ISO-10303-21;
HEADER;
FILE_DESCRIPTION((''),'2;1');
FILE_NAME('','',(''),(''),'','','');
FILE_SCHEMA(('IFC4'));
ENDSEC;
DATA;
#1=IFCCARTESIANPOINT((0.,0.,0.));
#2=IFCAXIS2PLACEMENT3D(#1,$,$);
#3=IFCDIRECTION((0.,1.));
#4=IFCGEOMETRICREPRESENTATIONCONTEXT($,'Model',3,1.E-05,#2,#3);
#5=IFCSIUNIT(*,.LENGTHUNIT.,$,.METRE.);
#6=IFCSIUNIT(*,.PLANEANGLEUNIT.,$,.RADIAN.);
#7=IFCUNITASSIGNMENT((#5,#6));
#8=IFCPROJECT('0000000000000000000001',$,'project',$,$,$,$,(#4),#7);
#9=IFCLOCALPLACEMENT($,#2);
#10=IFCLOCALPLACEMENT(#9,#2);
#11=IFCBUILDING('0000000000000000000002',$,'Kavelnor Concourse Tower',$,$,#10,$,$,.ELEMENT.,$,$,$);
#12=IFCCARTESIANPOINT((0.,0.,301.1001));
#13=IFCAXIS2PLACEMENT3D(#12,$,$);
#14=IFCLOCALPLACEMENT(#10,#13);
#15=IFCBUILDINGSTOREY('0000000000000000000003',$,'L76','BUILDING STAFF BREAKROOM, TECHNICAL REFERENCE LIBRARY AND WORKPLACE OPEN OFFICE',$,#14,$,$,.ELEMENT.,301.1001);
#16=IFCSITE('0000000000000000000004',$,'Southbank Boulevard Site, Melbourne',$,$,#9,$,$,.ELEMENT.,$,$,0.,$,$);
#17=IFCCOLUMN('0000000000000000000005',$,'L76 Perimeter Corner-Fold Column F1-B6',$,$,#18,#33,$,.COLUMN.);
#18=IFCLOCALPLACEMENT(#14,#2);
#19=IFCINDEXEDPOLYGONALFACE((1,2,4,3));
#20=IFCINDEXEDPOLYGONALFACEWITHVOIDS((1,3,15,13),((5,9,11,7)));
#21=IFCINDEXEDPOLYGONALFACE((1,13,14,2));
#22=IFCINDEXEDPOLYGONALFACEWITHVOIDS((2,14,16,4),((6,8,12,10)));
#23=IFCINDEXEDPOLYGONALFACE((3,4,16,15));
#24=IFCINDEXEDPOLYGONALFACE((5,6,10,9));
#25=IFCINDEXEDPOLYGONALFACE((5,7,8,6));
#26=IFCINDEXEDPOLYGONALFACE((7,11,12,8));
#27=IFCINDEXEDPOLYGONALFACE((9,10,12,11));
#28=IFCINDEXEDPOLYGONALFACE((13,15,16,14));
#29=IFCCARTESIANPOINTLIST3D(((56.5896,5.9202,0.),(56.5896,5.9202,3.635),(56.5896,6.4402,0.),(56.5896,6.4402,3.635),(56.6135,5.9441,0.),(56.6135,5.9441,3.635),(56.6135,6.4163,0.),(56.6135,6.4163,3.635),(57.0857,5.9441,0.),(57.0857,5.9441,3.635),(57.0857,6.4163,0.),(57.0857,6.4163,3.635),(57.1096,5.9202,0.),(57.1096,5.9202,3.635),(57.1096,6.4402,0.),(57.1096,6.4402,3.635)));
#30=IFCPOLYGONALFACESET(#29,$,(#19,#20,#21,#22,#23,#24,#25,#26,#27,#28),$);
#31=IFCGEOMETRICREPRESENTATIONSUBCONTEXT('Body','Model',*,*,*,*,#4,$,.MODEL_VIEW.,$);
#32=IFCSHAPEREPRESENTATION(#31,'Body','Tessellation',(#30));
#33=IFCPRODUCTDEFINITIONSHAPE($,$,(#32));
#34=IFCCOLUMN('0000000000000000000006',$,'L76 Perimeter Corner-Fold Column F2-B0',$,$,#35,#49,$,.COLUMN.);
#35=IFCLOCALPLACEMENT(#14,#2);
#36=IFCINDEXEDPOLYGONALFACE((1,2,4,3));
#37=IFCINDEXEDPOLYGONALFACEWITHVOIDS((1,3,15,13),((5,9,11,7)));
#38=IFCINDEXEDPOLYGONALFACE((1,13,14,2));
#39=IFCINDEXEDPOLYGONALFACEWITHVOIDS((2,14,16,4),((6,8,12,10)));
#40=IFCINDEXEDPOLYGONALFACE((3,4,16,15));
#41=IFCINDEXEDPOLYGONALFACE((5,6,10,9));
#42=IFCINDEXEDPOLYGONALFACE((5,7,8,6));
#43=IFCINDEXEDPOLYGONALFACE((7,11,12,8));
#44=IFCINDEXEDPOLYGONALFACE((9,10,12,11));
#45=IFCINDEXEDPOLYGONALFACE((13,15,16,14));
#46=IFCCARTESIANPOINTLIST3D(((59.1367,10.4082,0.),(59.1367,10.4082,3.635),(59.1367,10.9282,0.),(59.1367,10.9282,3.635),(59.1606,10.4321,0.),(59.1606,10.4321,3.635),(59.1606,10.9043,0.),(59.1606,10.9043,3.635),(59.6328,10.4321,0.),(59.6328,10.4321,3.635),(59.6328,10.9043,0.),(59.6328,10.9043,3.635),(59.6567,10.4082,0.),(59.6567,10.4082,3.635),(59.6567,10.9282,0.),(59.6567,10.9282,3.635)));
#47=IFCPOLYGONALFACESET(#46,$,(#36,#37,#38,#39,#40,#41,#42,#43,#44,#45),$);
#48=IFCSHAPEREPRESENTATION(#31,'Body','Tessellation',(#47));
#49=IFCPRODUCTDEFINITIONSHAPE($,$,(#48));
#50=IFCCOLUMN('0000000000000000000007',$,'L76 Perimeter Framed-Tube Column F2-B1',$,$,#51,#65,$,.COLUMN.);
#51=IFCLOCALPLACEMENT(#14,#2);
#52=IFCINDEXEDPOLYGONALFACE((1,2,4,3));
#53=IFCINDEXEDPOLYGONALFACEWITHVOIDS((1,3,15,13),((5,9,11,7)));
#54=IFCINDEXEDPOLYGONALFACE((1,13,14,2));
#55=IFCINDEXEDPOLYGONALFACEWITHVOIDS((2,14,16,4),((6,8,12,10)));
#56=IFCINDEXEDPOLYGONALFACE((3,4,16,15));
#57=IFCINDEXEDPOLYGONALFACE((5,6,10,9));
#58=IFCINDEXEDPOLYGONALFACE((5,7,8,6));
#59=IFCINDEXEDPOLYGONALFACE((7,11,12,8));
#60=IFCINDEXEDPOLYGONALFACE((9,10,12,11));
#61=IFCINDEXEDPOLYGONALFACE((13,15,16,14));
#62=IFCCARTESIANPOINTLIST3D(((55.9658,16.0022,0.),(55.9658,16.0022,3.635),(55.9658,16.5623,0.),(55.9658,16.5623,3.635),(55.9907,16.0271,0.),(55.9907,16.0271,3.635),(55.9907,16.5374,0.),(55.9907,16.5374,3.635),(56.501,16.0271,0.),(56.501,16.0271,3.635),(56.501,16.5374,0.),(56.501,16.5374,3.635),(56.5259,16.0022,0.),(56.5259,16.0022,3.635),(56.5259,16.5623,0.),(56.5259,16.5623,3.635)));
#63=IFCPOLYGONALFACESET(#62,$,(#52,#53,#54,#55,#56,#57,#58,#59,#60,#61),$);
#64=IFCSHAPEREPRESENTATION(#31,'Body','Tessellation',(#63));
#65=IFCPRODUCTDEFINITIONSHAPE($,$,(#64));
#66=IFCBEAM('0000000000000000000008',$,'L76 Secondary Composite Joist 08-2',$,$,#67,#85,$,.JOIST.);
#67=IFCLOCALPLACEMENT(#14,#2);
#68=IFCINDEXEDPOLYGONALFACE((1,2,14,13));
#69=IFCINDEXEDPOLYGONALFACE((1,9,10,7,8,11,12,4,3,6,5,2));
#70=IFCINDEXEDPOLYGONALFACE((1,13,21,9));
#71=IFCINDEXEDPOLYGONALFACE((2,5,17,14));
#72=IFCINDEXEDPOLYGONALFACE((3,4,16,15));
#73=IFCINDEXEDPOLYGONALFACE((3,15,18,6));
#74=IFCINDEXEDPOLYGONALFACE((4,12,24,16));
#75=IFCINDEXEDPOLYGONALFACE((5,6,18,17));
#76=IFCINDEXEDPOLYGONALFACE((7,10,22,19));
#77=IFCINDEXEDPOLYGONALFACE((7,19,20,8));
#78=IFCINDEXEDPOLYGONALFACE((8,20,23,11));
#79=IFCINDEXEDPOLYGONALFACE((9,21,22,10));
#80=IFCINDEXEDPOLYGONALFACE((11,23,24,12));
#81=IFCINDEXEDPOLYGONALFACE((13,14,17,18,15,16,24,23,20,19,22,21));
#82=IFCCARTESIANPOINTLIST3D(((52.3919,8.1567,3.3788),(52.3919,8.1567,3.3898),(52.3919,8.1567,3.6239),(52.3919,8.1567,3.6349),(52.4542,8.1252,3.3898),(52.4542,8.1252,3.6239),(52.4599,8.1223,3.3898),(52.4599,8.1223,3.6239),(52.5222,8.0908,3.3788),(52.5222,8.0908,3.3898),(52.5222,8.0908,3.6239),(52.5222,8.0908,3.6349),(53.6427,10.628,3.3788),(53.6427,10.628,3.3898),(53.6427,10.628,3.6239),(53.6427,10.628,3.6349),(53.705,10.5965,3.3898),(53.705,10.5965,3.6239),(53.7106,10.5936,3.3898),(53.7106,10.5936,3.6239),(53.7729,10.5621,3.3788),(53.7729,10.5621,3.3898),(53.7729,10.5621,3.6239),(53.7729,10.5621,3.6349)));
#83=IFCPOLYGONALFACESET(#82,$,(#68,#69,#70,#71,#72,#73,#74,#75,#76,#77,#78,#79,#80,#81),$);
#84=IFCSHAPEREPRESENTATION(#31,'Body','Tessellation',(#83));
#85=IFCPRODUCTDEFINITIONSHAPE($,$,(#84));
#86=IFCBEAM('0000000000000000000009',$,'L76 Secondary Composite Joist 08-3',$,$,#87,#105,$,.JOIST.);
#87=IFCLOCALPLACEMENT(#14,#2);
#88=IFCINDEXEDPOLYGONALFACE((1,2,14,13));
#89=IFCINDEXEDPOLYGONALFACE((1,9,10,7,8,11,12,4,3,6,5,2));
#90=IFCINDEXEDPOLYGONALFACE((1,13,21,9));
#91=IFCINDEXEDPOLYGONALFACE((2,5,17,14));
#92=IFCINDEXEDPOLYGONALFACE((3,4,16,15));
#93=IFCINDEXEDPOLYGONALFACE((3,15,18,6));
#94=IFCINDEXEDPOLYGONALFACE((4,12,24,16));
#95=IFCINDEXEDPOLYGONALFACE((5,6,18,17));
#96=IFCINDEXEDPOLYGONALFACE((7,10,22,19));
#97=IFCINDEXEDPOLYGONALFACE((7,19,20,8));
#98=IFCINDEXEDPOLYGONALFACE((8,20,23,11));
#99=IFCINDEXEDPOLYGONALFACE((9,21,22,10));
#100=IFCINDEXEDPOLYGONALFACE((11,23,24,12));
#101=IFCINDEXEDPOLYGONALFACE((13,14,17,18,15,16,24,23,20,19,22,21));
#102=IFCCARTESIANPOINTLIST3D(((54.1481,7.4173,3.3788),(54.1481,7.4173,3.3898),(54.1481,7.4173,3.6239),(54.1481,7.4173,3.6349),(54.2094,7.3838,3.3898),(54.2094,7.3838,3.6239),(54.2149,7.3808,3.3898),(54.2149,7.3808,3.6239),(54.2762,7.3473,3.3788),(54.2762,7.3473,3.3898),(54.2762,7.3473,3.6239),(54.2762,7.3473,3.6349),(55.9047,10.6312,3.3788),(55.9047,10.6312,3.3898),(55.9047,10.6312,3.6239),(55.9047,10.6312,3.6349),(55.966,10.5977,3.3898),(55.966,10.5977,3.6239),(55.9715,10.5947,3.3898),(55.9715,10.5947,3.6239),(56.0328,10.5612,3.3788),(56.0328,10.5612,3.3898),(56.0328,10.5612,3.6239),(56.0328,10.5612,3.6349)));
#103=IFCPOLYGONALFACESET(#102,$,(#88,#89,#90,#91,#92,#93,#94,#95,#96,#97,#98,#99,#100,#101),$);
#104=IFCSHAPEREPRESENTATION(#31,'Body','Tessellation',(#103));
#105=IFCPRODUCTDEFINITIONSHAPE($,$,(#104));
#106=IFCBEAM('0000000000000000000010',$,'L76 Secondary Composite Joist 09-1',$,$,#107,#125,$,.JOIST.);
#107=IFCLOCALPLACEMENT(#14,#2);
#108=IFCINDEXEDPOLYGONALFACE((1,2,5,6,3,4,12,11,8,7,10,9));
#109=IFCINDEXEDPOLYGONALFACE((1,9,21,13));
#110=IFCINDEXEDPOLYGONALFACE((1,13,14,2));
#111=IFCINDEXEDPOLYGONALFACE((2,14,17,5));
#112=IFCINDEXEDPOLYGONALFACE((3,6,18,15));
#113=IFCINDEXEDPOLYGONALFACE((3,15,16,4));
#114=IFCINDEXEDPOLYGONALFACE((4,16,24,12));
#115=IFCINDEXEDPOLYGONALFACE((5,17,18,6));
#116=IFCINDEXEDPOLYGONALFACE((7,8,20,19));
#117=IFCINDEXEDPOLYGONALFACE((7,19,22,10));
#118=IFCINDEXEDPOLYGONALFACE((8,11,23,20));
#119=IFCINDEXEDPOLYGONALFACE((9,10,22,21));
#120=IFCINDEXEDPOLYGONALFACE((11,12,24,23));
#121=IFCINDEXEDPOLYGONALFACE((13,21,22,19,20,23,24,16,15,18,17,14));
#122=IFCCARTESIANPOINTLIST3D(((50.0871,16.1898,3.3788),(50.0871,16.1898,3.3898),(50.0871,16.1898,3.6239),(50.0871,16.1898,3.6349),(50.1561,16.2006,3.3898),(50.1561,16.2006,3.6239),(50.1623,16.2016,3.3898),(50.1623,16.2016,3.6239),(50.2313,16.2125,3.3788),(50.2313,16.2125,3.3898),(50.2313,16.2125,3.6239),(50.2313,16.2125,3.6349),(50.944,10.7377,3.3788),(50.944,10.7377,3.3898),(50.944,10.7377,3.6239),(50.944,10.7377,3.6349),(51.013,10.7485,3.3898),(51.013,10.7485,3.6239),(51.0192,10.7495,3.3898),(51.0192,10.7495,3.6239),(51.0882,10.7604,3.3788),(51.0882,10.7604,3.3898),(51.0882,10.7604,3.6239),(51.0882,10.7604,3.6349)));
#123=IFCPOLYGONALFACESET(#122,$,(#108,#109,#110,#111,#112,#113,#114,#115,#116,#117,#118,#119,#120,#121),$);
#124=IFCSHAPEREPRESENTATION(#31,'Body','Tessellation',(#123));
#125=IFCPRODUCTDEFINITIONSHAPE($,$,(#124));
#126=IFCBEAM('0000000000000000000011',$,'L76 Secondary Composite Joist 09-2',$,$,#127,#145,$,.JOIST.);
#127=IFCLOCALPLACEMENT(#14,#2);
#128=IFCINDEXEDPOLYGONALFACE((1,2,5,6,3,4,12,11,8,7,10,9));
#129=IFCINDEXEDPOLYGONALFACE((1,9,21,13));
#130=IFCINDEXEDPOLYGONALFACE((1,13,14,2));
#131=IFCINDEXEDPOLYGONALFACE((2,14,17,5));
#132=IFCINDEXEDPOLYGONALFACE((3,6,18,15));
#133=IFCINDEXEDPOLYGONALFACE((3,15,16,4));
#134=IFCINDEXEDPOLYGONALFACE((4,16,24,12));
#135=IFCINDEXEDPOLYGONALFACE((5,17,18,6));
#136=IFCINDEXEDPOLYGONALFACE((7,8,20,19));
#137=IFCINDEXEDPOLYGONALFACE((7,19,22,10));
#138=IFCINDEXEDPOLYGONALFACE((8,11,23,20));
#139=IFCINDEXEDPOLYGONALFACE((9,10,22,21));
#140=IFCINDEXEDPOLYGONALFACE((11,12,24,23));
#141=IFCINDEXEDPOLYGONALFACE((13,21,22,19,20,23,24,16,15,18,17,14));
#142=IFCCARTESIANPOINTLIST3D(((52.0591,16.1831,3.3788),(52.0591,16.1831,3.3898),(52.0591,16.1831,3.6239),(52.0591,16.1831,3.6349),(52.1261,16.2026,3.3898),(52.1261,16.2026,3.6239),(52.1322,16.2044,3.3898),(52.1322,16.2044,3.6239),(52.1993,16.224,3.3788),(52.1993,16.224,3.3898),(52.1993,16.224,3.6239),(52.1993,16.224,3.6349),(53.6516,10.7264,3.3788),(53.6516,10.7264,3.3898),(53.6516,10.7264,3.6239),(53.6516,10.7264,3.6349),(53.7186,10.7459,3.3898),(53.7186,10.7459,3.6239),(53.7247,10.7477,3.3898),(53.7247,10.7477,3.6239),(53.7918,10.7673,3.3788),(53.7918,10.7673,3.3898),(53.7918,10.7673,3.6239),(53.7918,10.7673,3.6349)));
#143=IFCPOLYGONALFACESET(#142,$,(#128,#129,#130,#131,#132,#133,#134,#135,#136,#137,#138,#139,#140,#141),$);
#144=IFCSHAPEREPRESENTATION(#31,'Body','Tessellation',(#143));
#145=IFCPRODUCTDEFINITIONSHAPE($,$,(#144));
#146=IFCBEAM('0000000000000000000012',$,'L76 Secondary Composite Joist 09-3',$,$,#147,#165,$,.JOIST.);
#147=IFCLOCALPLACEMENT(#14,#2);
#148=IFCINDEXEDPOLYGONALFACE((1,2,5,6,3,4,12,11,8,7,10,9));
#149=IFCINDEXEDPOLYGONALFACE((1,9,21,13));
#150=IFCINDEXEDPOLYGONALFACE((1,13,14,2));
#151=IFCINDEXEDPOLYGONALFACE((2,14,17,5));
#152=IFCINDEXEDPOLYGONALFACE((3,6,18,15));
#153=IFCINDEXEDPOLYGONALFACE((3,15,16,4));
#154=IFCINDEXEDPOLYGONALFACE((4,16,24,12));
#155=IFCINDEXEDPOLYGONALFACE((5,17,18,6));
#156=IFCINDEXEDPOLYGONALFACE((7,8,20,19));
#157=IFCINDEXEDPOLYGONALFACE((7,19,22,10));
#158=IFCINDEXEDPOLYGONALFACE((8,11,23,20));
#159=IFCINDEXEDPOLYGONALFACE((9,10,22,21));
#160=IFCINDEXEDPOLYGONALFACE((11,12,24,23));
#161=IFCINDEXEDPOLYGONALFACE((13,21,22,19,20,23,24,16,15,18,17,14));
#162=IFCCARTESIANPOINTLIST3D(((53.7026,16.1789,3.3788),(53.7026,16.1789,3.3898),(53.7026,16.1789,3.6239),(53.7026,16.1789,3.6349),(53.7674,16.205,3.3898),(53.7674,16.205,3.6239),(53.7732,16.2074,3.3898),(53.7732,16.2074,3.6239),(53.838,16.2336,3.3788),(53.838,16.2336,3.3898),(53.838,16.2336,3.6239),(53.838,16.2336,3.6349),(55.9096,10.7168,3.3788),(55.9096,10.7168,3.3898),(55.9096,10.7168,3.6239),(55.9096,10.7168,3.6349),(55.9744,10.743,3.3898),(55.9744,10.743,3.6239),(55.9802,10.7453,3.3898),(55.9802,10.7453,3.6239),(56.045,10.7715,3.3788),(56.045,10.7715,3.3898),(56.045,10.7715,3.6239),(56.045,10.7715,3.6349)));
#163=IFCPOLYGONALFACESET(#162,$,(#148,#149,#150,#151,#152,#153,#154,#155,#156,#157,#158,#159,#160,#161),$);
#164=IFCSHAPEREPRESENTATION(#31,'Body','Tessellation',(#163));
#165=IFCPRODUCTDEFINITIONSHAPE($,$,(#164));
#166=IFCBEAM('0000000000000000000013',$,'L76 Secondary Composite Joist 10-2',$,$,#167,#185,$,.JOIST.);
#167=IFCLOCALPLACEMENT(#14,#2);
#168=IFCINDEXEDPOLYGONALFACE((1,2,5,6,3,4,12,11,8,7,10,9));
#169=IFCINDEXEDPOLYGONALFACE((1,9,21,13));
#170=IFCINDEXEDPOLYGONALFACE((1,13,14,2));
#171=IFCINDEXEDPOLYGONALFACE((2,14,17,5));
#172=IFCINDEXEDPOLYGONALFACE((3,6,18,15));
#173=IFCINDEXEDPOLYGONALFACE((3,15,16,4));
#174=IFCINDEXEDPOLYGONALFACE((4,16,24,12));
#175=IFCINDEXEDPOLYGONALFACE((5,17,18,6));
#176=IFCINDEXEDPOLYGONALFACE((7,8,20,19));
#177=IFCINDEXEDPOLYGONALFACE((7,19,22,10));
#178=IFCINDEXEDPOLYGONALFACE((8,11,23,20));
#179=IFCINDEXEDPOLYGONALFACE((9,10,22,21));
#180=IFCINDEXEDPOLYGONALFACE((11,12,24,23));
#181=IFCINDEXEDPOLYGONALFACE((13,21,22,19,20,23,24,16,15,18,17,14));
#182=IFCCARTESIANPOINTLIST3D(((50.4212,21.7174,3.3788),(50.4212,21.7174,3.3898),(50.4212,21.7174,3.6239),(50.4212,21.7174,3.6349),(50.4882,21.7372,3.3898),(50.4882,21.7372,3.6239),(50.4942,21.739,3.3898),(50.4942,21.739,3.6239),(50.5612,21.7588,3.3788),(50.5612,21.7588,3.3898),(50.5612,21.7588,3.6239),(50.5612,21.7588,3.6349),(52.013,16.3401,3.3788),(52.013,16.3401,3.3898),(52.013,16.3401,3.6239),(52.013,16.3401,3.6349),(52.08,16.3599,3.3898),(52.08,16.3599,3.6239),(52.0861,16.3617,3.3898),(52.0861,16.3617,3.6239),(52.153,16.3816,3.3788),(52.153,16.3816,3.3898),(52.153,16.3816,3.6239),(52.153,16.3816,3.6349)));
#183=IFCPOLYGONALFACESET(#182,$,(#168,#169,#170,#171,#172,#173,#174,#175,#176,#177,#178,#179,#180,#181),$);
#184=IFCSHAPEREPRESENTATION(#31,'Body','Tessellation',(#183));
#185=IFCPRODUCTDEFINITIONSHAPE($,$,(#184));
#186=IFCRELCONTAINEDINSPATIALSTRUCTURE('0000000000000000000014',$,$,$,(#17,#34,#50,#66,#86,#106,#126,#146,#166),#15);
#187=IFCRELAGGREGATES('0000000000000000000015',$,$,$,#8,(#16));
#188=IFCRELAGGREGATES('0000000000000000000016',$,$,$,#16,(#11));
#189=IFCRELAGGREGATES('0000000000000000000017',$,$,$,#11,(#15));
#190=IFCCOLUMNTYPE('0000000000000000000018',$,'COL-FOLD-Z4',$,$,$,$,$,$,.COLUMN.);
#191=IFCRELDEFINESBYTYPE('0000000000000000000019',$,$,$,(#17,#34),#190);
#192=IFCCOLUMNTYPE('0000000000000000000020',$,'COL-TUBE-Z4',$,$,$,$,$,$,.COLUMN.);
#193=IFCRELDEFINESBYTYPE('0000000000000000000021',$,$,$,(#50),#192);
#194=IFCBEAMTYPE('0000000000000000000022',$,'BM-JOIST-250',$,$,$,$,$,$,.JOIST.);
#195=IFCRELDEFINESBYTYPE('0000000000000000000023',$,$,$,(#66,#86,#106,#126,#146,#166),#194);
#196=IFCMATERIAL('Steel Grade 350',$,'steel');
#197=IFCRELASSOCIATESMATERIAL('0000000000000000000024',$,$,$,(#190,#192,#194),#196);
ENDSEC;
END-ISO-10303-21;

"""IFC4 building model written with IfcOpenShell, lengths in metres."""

from ifc_helpers import new_model, si_unit, direction, frame, origin, origin_2d, place, context, subcontext, project, spatial, hollow_rectangle, i_section, extrude, material, material_profile, profile_set, type_object, element, save


model = new_model("IFC4")

# Units and contexts
model_context = context("Model", 3, precision=1e-05, world=origin(), true_north=direction((0.0, 1.0)))
body_context = subcontext(model_context, "Body", "Model", "MODEL_VIEW")
ifc_project = project(units=[si_unit("LENGTHUNIT", "METRE"), si_unit("PLANEANGLEUNIT", "RADIAN")], contexts=[model_context])

# Site, building, storey
site_placement = place(None, origin())
site = spatial("IfcSite", under=ifc_project, at=site_placement, Name="Southbank Boulevard Site, Melbourne", CompositionType="ELEMENT", RefElevation=0.0)
building_placement = place(site_placement, origin())
building = spatial("IfcBuilding", under=site, at=building_placement, Name="Kavelnor Concourse Tower", CompositionType="ELEMENT")
storey_placement = place(building_placement, frame((0.0, 0.0, 301.1001)))
storey = spatial("IfcBuildingStorey", under=building, at=storey_placement, Name="L76", Description="BUILDING STAFF BREAKROOM, TECHNICAL REFERENCE LIBRARY AND WORKPLACE OPEN OFFICE", CompositionType="ELEMENT", Elevation=301.1001)

# Columns
ifc_material_1 = material(Name="Steel Grade 350", Category="steel")
ifc_material_profile_1 = material_profile(ifc_material_1, hollow_rectangle(XDim=0.52, YDim=0.52, WallThickness=0.0239, at=origin_2d()), Name="SHS 520x520x24")
ifc_profile_set_1 = profile_set([ifc_material_profile_1], Name="Steel Grade 350")
column_type_1 = type_object("IfcColumnType", Name="COL-FOLD-Z4", PredefinedType="COLUMN", material=ifc_profile_set_1)
for number, where, z_axis, x_axis, name in (
    (1, (56.8496, 6.1802, 0.0), (0.0, 0.0, 1.0), (1.0, 0.0, 0.0), "L76 Perimeter Corner-Fold Column F1-B6"),
    (2, (59.3967, 10.6682, 0.0), (0.0, 0.0, 1.0), (1.0, 0.0, 0.0), "L76 Perimeter Corner-Fold Column F2-B0"),
):
    element("IfcColumn", number, at=place(storey_placement, frame(where, z_axis=z_axis, x_axis=x_axis)), inside=storey, type_object=column_type_1, Name=name, PredefinedType="COLUMN", context=body_context, shape_type="SweptSolid", body=[
        extrude(hollow_rectangle(XDim=0.52, YDim=0.52, WallThickness=0.0239, at=origin_2d()), origin(), (0.0, 0.0, 1.0), 3.635),
    ])
ifc_material_profile_2 = material_profile(ifc_material_1, hollow_rectangle(XDim=0.5601, YDim=0.5601, WallThickness=0.0249, at=origin_2d()), Name="SHS 560x560x25")
ifc_profile_set_2 = profile_set([ifc_material_profile_2], Name="Steel Grade 350")
column_type_2 = type_object("IfcColumnType", Name="COL-TUBE-Z4", PredefinedType="COLUMN", material=ifc_profile_set_2)
column_placement = place(storey_placement, frame((56.2458, 16.2822, 0.0), z_axis=(0.0, 0.0, 1.0), x_axis=(1.0, 0.0, 0.0)))
element("IfcColumn", 3, at=column_placement, inside=storey, type_object=column_type_2, Name="L76 Perimeter Framed-Tube Column F2-B1", PredefinedType="COLUMN", context=body_context, shape_type="SweptSolid", body=[
    extrude(hollow_rectangle(XDim=0.5601, YDim=0.5601, WallThickness=0.0249, at=origin_2d()), origin(), (0.0, 0.0, 1.0), 3.635),
])

# Beams
ifc_material_profile_3 = material_profile(ifc_material_1, i_section(OverallWidth=0.146, OverallDepth=0.2561, WebThickness=0.0063, FlangeThickness=0.011, at=origin_2d()), Name="250UB37")
ifc_profile_set_3 = profile_set([ifc_material_profile_3], Name="Steel Grade 350")
beam_type_1 = type_object("IfcBeamType", Name="BM-JOIST-250", PredefinedType="JOIST", material=ifc_profile_set_3)
beam_1_placement = place(storey_placement, frame((52.457, 8.1238, 3.5068), z_axis=(0.45158, 0.89223, 0.0), x_axis=(-0.89223, 0.45158, 0.0)))
element("IfcBeam", 4, at=beam_1_placement, inside=storey, type_object=beam_type_1, Name="L76 Secondary Composite Joist 08-2", PredefinedType="JOIST", context=body_context, shape_type="SweptSolid", body=[
    extrude(i_section(OverallWidth=0.146, OverallDepth=0.2561, WebThickness=0.0063, FlangeThickness=0.011, at=origin_2d()), origin(), (0.0, 0.0, 1.0), 2.7698),
])
beam_2_placement = place(storey_placement, frame((54.2122, 7.3823, 3.5068), z_axis=(0.479604, 0.877485, 0.0), x_axis=(-0.877485, 0.479604, 0.0)))
element("IfcBeam", 5, at=beam_2_placement, inside=storey, type_object=beam_type_1, Name="L76 Secondary Composite Joist 08-3", PredefinedType="JOIST", context=body_context, shape_type="SweptSolid", body=[
    extrude(i_section(OverallWidth=0.146, OverallDepth=0.2561, WebThickness=0.0063, FlangeThickness=0.011, at=origin_2d()), origin(), (0.0, 0.0, 1.0), 3.6626),
])
beam_3_placement = place(storey_placement, frame((51.0161, 10.749, 3.5068), z_axis=(-0.155267, 0.987872, 0.0), x_axis=(-0.987872, -0.155267, 0.0)))
element("IfcBeam", 6, at=beam_3_placement, inside=storey, type_object=beam_type_1, Name="L76 Secondary Composite Joist 09-1", PredefinedType="JOIST", context=body_context, shape_type="SweptSolid", body=[
    extrude(i_section(OverallWidth=0.146, OverallDepth=0.2561, WebThickness=0.0063, FlangeThickness=0.011, at=origin_2d()), origin(), (0.0, 0.0, 1.0), 5.519),
])
beam_4_placement = place(storey_placement, frame((53.7217, 10.7468, 3.5068), z_axis=(-0.280157, 0.959954, 0.0), x_axis=(-0.959954, -0.280157, 0.0)))
element("IfcBeam", 7, at=beam_4_placement, inside=storey, type_object=beam_type_1, Name="L76 Secondary Composite Joist 09-2", PredefinedType="JOIST", context=body_context, shape_type="SweptSolid", body=[
    extrude(i_section(OverallWidth=0.146, OverallDepth=0.2561, WebThickness=0.0063, FlangeThickness=0.011, at=origin_2d()), origin(), (0.0, 0.0, 1.0), 5.6843),
])
beam_5_placement = place(storey_placement, frame((55.9773, 10.7441, 3.5068), z_axis=(-0.374632, 0.927173, 0.0), x_axis=(-0.927173, -0.374632, 0.0)))
element("IfcBeam", 8, at=beam_5_placement, inside=storey, type_object=beam_type_1, Name="L76 Secondary Composite Joist 09-3", PredefinedType="JOIST", context=body_context, shape_type="SweptSolid", body=[
    extrude(i_section(OverallWidth=0.146, OverallDepth=0.2561, WebThickness=0.0063, FlangeThickness=0.011, at=origin_2d()), origin(), (0.0, 0.0, 1.0), 5.8911),
])
beam_6_placement = place(storey_placement, frame((52.083, 16.3608, 3.5068), z_axis=(-0.283851, 0.958868, 0.0), x_axis=(-0.958868, -0.283851, 0.0)))
element("IfcBeam", 9, at=beam_6_placement, inside=storey, type_object=beam_type_1, Name="L76 Secondary Composite Joist 10-2", PredefinedType="JOIST", context=body_context, shape_type="SweptSolid", body=[
    extrude(i_section(OverallWidth=0.146, OverallDepth=0.2561, WebThickness=0.0063, FlangeThickness=0.011, at=origin_2d()), origin(), (0.0, 0.0, 1.0), 5.6079),
])

save(model, "model.ifc")
